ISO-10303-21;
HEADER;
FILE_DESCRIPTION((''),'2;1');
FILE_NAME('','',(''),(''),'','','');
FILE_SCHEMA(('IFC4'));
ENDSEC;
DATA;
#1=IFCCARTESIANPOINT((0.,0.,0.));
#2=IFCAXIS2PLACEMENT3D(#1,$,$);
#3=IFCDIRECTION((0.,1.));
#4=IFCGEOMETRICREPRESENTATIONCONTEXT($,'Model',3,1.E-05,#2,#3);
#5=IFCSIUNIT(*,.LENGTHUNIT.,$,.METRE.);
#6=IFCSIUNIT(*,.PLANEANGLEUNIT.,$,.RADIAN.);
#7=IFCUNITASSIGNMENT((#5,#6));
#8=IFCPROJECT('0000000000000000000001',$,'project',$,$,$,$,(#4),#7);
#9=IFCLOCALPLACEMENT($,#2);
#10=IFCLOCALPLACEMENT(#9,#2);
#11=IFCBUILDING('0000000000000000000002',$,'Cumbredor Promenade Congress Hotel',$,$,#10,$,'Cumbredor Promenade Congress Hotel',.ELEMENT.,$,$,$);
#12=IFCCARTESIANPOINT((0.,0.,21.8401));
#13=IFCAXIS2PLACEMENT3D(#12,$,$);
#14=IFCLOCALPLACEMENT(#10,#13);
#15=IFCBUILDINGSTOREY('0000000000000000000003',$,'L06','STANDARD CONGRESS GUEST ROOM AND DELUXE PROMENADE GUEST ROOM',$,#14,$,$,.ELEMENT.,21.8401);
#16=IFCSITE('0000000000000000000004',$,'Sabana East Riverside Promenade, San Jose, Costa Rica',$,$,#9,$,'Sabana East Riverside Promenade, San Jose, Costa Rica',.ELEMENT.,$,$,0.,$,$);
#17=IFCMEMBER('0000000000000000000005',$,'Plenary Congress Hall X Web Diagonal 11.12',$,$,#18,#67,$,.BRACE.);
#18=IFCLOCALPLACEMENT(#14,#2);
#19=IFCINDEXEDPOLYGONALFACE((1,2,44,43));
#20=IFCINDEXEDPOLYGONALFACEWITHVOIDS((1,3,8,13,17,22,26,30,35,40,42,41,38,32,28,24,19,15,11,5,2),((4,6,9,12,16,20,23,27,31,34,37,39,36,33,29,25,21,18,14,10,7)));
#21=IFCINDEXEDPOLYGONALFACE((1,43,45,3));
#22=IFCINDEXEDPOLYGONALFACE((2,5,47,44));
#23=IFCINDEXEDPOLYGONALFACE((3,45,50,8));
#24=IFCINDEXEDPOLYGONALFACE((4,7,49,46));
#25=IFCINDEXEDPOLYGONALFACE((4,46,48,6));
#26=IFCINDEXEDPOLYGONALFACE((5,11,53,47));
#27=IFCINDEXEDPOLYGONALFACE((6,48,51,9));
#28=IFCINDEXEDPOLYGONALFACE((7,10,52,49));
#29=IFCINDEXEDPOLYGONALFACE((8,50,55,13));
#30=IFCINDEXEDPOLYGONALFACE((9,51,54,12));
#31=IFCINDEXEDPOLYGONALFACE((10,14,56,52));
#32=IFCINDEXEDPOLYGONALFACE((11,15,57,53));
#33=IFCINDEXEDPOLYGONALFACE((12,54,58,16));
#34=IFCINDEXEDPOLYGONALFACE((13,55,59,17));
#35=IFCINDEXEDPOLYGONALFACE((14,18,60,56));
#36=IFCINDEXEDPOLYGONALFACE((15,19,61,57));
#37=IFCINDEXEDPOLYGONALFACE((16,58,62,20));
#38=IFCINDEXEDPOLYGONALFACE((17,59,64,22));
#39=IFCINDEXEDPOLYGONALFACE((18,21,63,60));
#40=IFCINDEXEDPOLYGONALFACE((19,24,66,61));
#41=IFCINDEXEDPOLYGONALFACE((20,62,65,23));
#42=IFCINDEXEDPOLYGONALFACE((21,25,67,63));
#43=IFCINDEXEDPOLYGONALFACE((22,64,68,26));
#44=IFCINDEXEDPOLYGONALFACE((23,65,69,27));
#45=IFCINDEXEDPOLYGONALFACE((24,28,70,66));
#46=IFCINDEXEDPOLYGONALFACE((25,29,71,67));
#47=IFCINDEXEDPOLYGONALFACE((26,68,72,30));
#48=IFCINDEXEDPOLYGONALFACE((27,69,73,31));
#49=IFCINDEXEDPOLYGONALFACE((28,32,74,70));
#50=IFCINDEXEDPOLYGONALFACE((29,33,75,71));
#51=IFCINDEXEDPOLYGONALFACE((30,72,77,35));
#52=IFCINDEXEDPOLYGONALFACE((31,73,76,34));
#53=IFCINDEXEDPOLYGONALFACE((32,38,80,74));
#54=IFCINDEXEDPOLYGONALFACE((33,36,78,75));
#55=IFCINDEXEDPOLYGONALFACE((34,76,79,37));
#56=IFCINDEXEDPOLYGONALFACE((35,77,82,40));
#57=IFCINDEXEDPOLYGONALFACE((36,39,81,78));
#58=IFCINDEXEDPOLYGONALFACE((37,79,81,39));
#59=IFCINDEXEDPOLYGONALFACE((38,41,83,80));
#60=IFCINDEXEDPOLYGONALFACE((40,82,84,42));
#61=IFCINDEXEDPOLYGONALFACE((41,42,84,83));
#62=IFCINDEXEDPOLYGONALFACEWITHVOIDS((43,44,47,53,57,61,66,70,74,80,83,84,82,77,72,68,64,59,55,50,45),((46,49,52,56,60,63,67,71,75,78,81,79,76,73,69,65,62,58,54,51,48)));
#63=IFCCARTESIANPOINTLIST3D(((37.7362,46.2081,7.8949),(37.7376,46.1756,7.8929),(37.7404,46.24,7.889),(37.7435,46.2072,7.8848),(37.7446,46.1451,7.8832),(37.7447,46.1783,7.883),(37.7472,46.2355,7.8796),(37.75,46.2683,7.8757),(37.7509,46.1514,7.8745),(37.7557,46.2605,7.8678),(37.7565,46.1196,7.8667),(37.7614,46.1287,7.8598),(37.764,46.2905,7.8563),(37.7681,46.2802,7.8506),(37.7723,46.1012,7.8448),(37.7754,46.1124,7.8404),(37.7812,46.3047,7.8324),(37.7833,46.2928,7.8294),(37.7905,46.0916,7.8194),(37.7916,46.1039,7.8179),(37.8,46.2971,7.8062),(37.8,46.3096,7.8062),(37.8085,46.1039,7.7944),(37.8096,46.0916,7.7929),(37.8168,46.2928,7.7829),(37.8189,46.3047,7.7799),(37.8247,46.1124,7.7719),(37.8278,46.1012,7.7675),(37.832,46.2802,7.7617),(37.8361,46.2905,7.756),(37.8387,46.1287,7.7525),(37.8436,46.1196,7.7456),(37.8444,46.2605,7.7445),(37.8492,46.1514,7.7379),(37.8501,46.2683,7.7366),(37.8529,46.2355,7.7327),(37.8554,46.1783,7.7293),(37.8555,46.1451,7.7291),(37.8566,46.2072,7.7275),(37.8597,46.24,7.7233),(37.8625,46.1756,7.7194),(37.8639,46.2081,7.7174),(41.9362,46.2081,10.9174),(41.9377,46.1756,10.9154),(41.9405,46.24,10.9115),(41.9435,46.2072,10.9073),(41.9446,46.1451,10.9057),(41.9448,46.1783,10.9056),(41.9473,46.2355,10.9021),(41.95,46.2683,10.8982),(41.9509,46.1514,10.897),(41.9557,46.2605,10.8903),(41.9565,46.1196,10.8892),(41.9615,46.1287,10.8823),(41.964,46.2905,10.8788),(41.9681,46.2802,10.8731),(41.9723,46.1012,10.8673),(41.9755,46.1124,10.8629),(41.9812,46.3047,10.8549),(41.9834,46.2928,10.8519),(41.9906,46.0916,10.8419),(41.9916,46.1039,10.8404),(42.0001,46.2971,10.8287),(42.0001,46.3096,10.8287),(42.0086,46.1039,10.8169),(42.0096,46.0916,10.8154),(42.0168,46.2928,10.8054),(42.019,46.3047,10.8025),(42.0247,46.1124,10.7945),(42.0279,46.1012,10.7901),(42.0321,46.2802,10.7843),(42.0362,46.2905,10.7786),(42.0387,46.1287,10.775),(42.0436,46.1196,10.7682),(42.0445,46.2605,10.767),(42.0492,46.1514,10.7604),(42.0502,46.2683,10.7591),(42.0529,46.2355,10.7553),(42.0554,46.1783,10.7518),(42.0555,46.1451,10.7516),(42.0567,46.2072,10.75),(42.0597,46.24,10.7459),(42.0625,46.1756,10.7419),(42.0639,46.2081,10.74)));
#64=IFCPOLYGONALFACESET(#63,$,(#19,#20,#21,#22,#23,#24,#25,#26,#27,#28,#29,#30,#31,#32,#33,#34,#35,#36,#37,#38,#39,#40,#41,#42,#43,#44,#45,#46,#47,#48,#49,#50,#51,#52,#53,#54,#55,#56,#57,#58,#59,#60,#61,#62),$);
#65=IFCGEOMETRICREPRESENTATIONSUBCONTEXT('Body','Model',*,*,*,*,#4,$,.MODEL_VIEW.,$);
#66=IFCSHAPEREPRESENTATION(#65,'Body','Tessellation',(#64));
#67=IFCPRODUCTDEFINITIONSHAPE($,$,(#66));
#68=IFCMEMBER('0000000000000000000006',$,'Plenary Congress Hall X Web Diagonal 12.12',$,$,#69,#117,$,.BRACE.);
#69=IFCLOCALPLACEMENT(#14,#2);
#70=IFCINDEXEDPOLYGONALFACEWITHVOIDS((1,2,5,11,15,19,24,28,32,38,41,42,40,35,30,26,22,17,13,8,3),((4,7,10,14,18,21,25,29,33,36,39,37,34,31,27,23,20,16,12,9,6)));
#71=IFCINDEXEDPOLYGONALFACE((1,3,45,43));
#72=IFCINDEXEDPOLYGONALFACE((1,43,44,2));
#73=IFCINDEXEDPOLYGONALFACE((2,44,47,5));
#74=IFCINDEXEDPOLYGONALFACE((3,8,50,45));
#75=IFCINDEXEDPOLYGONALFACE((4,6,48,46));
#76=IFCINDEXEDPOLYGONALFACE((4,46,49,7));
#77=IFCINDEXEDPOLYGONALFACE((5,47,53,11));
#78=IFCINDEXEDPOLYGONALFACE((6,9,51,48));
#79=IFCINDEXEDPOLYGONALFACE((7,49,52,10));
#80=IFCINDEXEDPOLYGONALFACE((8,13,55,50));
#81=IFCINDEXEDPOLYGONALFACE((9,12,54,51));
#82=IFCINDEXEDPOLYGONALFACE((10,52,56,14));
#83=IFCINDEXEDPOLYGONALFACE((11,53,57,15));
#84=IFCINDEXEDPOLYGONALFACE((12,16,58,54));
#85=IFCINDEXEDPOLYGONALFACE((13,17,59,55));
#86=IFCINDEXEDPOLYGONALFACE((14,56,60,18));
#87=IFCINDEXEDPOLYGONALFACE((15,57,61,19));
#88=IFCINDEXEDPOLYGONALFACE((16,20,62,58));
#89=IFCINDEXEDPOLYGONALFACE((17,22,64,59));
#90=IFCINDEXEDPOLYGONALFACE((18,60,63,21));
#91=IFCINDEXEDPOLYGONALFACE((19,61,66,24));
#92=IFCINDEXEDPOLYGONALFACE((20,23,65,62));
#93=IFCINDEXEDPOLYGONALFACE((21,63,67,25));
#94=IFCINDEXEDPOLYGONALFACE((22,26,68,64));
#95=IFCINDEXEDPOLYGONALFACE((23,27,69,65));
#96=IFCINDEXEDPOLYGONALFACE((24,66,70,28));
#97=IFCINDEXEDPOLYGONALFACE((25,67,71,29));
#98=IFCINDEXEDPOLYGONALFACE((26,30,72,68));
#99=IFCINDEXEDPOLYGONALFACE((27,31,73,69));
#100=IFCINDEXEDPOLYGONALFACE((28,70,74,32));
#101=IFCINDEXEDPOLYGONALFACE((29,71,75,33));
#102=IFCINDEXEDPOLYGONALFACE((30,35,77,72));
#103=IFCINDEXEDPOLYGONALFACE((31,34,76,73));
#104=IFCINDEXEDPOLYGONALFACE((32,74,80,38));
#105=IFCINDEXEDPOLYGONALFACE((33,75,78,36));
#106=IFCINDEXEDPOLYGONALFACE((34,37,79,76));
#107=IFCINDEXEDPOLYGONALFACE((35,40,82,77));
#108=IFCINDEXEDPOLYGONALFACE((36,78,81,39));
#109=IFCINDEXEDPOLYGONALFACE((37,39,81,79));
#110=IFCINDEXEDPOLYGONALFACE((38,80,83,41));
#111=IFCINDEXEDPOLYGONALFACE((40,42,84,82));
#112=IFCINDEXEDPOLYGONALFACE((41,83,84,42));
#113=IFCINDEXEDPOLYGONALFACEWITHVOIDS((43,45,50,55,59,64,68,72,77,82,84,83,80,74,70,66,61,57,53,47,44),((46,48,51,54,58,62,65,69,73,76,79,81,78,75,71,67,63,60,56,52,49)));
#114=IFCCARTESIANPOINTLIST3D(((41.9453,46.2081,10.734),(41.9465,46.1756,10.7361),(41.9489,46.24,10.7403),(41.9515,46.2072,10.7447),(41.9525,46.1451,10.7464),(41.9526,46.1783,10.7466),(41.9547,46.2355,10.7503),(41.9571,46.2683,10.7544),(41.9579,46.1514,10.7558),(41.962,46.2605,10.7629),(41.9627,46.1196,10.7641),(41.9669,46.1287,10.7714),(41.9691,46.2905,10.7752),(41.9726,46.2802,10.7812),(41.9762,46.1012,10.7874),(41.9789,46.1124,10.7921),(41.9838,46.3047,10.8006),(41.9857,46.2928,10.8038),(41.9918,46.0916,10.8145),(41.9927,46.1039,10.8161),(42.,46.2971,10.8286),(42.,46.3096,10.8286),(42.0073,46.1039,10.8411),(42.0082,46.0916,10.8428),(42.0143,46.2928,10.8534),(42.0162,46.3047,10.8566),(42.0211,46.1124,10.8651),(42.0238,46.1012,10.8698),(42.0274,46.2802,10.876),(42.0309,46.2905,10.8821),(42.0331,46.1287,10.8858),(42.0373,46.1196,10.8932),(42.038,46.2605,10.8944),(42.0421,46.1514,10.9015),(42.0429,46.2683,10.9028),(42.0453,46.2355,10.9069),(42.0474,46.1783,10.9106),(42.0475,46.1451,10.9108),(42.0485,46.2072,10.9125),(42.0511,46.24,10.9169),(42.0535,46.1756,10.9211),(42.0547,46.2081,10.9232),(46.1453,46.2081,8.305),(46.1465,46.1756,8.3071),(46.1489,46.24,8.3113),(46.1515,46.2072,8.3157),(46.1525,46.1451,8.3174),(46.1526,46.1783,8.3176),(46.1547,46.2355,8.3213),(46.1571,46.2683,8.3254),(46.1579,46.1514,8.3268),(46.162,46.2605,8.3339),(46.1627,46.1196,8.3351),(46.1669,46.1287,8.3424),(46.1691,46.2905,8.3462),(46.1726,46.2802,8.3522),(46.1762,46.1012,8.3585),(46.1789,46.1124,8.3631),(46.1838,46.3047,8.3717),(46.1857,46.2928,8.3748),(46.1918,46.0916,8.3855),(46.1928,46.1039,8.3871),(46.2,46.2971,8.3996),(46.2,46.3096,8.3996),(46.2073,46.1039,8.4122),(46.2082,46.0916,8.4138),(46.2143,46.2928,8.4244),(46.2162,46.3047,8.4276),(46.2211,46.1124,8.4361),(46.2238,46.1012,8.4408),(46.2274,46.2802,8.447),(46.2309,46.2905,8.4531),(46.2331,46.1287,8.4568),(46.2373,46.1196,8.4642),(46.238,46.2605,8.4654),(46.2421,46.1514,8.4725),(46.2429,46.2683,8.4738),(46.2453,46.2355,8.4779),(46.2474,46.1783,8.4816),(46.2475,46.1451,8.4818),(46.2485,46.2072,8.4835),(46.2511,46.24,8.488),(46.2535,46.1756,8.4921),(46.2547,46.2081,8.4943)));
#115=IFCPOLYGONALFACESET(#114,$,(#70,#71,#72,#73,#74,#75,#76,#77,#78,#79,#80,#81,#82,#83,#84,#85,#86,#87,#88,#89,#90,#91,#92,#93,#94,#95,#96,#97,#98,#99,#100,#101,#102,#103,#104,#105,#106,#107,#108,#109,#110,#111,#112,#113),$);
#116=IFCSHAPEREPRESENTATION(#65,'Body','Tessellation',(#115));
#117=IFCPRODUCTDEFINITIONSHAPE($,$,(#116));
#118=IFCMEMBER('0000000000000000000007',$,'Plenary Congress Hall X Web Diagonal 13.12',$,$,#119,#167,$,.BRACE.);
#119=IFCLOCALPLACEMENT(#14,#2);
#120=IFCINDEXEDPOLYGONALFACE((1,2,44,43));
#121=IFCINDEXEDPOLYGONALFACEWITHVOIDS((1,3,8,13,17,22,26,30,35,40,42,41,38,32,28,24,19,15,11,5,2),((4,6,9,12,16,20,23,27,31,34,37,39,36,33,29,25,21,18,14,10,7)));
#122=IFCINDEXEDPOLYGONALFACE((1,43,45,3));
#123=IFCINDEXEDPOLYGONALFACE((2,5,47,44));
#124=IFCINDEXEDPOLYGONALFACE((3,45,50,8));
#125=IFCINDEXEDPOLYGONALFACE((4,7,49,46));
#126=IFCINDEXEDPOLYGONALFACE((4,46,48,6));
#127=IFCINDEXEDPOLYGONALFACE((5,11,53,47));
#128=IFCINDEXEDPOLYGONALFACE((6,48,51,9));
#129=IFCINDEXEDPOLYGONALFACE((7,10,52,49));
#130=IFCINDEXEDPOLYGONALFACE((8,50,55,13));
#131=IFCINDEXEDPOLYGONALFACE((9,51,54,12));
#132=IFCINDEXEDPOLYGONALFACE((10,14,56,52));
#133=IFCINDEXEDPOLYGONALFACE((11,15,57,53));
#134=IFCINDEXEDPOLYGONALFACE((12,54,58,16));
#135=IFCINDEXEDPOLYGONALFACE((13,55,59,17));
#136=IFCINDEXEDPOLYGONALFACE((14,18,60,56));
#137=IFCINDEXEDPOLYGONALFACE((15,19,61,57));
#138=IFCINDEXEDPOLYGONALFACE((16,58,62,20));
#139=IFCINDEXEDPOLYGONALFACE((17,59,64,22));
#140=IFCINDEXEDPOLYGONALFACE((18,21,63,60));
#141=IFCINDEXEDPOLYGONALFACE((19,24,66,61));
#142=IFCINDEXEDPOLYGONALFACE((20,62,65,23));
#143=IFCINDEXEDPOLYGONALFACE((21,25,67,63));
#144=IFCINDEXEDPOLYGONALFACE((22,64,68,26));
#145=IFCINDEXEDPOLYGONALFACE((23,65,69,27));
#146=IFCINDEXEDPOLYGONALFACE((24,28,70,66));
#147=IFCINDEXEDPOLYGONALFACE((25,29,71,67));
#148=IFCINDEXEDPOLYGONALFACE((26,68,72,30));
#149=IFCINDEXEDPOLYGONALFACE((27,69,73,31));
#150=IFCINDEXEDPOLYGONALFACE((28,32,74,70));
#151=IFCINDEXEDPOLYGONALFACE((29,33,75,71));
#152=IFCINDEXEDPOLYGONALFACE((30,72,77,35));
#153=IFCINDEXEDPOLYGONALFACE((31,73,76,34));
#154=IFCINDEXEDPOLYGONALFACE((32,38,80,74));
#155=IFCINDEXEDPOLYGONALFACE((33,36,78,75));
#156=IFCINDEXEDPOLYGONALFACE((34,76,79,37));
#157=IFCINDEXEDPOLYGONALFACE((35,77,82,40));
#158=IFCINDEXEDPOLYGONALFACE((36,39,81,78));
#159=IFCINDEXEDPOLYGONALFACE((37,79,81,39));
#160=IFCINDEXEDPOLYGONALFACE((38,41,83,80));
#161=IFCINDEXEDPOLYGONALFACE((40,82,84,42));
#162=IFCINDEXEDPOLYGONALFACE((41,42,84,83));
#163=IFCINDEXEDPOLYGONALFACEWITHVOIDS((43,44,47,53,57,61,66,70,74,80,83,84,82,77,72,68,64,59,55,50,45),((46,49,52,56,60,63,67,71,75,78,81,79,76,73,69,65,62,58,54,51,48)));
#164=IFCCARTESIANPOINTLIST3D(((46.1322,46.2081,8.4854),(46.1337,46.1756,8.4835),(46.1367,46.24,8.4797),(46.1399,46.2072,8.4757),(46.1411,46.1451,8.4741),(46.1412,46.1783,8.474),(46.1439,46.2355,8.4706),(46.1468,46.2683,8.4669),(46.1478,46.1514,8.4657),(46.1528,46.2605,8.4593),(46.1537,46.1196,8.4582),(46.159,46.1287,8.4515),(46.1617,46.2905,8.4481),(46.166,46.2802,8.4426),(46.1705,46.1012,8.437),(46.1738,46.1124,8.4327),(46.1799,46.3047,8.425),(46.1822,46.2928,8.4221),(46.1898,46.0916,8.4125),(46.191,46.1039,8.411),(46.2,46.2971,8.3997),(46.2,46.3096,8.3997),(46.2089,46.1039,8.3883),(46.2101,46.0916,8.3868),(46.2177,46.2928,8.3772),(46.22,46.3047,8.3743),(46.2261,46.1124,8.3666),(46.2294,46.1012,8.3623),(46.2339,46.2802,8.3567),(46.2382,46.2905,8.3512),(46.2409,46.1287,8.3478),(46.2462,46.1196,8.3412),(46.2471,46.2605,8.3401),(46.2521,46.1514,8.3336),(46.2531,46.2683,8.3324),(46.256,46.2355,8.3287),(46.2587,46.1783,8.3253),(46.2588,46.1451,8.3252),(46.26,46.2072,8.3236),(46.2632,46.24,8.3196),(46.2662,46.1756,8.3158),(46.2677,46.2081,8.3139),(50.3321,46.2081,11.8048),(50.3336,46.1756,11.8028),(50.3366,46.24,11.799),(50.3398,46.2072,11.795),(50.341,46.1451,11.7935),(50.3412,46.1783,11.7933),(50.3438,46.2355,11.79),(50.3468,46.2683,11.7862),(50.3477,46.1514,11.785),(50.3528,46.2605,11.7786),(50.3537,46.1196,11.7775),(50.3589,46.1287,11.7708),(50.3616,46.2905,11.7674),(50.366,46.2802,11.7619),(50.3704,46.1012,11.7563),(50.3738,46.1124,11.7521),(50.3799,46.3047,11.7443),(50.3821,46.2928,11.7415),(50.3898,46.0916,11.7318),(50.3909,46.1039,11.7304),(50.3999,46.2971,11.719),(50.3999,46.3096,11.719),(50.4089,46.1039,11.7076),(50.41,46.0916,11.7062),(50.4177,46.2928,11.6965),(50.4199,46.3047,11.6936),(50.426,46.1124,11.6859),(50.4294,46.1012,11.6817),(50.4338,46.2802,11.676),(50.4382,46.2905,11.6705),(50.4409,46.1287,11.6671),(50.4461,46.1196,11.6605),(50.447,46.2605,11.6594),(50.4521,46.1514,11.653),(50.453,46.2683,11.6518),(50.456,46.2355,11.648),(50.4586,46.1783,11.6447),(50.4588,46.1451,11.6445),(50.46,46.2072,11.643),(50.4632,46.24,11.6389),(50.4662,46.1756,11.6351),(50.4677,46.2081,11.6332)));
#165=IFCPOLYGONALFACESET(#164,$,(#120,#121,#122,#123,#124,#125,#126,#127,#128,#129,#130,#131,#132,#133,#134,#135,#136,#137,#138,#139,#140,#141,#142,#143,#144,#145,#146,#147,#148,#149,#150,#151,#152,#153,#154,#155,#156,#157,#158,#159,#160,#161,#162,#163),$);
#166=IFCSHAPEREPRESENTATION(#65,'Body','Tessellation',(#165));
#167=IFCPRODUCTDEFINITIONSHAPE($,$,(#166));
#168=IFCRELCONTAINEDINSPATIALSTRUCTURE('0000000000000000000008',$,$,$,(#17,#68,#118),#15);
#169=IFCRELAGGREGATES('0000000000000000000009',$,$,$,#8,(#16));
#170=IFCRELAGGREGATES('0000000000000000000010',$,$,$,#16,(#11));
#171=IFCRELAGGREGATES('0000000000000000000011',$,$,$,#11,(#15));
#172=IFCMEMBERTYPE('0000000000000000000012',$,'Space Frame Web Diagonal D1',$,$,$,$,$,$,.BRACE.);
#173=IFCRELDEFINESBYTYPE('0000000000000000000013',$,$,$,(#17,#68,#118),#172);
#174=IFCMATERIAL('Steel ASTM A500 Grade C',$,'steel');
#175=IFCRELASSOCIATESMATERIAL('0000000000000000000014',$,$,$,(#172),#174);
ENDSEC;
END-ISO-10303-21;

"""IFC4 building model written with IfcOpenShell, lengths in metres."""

from ifc_helpers import new_model, si_unit, direction, frame, origin, origin_2d, place, context, subcontext, project, spatial, hollow_circle, extrude, material, material_profile, profile_set, type_object, element, save


model = new_model("IFC4")

# Units and contexts
model_context = context("Model", 3, precision=1e-05, world=origin(), true_north=direction((0.0, 1.0)))
body_context = subcontext(model_context, "Body", "Model", "MODEL_VIEW")
ifc_project = project(units=[si_unit("LENGTHUNIT", "METRE"), si_unit("PLANEANGLEUNIT", "RADIAN")], contexts=[model_context])

# Site, building, storey
site_placement = place(None, origin())
site = spatial("IfcSite", under=ifc_project, at=site_placement, Name="Sabana East Riverside Promenade, San Jose, Costa Rica", LongName="Sabana East Riverside Promenade, San Jose, Costa Rica", CompositionType="ELEMENT", RefElevation=0.0)
building_placement = place(site_placement, origin())
building = spatial("IfcBuilding", under=site, at=building_placement, Name="Cumbredor Promenade Congress Hotel", LongName="Cumbredor Promenade Congress Hotel", CompositionType="ELEMENT")
storey_placement = place(building_placement, frame((0.0, 0.0, 21.8401)))
storey = spatial("IfcBuildingStorey", under=building, at=storey_placement, Name="L06", Description="STANDARD CONGRESS GUEST ROOM AND DELUXE PROMENADE GUEST ROOM", CompositionType="ELEMENT", Elevation=21.8401)

# Members
ifc_material_1 = material(Name="Steel ASTM A500 Grade C", Category="steel")
ifc_material_profile_1 = material_profile(ifc_material_1, hollow_circle(Radius=0.1096, WallThickness=0.0125, at=origin_2d()), Name="CHS 219.1x12.5")
ifc_profile_set_1 = profile_set([ifc_material_profile_1], Name="Steel ASTM A500 Grade C")
member_type_1 = type_object("IfcMemberType", Name="Space Frame Web Diagonal D1", PredefinedType="BRACE", material=ifc_profile_set_1)
member_1_placement = place(storey_placement, frame((37.8, 46.2, 7.8062), z_axis=(0.811672, 0.0, 0.584113), x_axis=(0.0, 1.0, 0.0)))
element("IfcMember", 1, at=member_1_placement, inside=storey, type_object=member_type_1, Name="Plenary Congress Hall X Web Diagonal 11.12", PredefinedType="BRACE", context=body_context, shape_type="SweptSolid", body=[
    extrude(hollow_circle(Radius=0.1096, WallThickness=0.0125, at=origin_2d()), origin(), (0.0, 0.0, 1.0), 5.1746),
])
member_2_placement = place(storey_placement, frame((42.0, 46.2, 10.8286), z_axis=(0.865658, 0.0, -0.500636), x_axis=(0.0, 1.0, 0.0)))
element("IfcMember", 2, at=member_2_placement, inside=storey, type_object=member_type_1, Name="Plenary Congress Hall X Web Diagonal 12.12", PredefinedType="BRACE", context=body_context, shape_type="SweptSolid", body=[
    extrude(hollow_circle(Radius=0.1096, WallThickness=0.0125, at=origin_2d()), origin(), (0.0, 0.0, 1.0), 4.8518),
])
member_3_placement = place(storey_placement, frame((46.2, 46.2, 8.3997), z_axis=(0.784557, 0.0, 0.620057), x_axis=(0.0, 1.0, 0.0)))
element("IfcMember", 3, at=member_3_placement, inside=storey, type_object=member_type_1, Name="Plenary Congress Hall X Web Diagonal 13.12", PredefinedType="BRACE", context=body_context, shape_type="SweptSolid", body=[
    extrude(hollow_circle(Radius=0.1096, WallThickness=0.0125, at=origin_2d()), origin(), (0.0, 0.0, 1.0), 5.3533),
])

save(model, "model.ifc")
